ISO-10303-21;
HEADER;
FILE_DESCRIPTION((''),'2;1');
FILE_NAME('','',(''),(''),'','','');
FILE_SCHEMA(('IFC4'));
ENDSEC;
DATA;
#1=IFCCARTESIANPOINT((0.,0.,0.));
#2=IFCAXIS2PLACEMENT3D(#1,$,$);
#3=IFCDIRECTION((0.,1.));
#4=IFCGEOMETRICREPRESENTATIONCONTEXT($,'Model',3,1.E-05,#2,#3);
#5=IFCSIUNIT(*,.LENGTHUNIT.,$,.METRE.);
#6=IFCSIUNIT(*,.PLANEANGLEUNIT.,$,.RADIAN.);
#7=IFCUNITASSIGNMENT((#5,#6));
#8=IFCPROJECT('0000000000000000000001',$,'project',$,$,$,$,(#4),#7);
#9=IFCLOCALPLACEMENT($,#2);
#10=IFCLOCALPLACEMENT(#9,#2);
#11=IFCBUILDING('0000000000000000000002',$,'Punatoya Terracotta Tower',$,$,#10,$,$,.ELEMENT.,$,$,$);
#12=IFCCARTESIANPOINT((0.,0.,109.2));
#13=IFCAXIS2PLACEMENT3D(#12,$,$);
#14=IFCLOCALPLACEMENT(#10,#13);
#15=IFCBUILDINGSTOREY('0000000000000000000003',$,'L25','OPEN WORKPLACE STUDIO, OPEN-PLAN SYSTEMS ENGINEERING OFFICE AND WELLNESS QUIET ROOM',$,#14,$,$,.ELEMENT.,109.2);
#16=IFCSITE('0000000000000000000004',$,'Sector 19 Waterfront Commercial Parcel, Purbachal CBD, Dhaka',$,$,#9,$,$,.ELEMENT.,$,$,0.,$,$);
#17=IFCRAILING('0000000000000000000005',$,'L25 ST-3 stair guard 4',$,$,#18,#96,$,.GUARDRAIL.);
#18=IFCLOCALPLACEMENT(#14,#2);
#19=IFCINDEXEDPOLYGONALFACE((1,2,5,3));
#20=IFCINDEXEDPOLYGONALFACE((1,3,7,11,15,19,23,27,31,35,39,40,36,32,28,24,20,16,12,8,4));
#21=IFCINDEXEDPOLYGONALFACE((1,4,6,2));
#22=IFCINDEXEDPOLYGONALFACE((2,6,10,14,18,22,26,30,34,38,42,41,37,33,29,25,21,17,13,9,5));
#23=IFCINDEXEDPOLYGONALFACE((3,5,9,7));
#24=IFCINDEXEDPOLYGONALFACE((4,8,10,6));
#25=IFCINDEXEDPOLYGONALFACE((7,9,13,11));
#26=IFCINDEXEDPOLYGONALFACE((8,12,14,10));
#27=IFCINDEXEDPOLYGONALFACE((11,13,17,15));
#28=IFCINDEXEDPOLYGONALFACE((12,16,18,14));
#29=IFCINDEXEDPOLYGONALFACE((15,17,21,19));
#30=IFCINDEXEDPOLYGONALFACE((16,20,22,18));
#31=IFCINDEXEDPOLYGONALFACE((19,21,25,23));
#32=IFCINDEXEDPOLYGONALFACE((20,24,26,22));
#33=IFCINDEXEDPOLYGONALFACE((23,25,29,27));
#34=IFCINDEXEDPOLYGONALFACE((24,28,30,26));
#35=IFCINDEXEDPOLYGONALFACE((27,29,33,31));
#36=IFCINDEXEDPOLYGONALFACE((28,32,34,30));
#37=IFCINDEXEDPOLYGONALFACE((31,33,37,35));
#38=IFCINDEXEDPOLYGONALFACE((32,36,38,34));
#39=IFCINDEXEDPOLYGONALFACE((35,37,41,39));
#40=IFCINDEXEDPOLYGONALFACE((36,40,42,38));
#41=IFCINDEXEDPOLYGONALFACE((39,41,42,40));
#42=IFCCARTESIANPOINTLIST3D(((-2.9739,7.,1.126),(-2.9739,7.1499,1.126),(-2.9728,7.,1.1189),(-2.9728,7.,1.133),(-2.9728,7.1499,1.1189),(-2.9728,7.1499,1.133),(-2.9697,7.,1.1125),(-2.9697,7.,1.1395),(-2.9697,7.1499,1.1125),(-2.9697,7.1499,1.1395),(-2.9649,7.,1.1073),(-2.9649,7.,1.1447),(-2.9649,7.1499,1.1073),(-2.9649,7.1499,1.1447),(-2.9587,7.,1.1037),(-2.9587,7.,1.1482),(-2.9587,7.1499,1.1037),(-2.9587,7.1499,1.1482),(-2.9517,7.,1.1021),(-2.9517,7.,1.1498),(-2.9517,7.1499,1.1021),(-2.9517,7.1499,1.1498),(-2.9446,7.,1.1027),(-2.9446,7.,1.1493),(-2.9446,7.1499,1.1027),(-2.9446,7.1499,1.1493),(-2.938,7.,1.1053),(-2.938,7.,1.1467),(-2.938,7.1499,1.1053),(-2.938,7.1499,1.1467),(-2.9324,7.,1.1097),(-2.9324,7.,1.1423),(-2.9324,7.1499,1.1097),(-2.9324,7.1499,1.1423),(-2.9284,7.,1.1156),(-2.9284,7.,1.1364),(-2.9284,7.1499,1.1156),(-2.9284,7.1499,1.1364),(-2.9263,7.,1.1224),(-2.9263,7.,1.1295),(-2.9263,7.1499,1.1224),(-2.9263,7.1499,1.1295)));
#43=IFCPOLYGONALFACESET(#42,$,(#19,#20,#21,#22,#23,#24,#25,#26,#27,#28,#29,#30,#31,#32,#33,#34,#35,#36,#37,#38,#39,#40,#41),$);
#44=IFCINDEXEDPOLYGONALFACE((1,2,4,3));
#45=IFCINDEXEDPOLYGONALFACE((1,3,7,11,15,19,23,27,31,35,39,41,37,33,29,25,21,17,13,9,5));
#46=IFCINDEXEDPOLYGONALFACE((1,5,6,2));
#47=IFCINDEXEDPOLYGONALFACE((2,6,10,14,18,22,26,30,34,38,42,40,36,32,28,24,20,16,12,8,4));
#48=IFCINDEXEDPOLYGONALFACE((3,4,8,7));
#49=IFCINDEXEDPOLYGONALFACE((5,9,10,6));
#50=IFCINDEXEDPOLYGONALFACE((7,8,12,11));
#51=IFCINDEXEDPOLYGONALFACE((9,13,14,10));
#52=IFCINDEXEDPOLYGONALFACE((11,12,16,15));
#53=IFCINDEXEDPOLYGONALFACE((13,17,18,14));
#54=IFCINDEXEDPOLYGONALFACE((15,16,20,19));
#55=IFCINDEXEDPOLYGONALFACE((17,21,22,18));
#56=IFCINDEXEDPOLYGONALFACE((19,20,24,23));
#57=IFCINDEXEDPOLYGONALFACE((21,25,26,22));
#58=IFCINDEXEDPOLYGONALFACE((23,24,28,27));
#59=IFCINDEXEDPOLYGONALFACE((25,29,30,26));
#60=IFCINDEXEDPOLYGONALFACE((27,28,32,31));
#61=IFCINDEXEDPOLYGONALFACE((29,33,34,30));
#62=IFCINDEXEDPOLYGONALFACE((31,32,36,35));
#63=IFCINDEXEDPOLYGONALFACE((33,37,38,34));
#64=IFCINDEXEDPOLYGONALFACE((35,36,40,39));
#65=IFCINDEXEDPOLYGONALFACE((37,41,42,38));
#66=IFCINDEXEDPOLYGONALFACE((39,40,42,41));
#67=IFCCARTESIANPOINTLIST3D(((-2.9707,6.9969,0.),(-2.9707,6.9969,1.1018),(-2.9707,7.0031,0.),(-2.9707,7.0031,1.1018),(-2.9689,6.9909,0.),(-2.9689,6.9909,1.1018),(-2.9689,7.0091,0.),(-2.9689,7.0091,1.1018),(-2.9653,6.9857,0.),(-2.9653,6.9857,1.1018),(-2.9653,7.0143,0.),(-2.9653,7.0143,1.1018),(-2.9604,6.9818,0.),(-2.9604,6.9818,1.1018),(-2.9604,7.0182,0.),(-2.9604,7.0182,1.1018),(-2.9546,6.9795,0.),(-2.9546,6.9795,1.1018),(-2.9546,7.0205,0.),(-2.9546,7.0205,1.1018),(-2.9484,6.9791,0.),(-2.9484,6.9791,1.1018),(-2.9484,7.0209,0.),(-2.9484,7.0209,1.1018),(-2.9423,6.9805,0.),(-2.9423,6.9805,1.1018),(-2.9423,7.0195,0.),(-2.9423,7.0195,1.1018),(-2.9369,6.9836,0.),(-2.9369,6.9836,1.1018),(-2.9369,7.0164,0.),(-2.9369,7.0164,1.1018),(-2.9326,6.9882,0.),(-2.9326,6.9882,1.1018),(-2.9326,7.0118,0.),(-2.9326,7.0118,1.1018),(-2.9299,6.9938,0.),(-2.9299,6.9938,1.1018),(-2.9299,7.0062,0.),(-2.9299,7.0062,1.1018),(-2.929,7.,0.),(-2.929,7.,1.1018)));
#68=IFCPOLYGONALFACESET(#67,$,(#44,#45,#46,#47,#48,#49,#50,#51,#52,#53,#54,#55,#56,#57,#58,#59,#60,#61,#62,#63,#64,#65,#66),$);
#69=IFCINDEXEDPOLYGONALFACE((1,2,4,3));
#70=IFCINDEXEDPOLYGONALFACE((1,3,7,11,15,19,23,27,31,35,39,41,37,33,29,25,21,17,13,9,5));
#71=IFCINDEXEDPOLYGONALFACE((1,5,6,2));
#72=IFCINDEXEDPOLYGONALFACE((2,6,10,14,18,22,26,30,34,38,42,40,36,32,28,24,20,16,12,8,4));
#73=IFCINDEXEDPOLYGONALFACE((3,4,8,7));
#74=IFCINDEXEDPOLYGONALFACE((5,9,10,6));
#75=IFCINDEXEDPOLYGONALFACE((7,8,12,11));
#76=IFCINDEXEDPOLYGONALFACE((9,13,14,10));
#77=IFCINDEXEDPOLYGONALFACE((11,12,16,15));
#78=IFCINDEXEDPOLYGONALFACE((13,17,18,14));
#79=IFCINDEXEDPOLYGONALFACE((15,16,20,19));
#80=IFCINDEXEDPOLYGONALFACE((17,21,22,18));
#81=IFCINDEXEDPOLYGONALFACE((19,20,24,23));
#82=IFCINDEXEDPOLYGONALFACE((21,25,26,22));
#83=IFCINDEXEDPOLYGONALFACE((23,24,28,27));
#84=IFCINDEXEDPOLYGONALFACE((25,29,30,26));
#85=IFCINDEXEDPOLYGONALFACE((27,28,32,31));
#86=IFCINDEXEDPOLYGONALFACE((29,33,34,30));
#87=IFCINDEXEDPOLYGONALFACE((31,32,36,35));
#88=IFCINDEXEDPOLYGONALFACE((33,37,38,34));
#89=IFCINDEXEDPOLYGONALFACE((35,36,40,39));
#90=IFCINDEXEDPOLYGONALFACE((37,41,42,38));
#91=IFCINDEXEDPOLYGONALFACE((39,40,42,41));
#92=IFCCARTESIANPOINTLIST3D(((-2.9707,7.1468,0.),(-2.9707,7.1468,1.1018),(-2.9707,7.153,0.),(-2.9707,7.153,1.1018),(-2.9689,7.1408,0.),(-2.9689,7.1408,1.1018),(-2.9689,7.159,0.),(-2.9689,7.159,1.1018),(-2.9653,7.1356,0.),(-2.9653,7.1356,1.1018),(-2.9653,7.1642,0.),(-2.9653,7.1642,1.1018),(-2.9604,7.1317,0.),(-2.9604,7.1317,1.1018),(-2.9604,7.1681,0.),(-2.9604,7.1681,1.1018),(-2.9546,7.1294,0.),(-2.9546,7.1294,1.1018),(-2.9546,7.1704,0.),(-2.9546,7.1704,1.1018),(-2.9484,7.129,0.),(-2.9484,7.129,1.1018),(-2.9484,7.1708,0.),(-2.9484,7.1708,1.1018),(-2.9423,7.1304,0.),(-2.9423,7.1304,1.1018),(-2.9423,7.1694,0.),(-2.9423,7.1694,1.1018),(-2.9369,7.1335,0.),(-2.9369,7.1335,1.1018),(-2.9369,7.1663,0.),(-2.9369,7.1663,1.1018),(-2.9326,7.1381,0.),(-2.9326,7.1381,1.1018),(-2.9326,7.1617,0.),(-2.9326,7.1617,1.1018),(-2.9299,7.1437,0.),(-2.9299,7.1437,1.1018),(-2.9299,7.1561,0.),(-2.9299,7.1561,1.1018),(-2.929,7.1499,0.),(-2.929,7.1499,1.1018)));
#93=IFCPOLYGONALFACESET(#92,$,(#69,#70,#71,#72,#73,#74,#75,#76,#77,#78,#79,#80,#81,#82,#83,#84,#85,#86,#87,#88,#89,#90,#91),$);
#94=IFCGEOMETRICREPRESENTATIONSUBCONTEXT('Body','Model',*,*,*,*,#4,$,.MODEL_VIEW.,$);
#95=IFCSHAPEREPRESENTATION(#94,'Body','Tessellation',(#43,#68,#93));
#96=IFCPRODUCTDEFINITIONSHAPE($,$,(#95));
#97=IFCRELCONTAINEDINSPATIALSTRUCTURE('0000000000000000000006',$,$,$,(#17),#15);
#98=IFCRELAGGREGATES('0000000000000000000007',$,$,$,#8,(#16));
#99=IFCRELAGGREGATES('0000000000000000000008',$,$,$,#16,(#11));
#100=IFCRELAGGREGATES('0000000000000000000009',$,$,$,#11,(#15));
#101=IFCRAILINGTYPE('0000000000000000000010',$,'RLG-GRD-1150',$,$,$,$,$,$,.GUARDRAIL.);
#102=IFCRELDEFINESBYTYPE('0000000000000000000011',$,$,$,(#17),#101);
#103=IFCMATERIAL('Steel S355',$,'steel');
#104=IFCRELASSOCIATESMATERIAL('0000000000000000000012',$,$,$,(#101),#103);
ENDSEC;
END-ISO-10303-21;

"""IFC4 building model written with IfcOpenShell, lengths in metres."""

from ifc_helpers import new_model, si_unit, direction, frame, origin, origin_2d, place, context, subcontext, project, spatial, circle, extrude, material, type_object, element, save


model = new_model("IFC4")

# Units and contexts
model_context = context("Model", 3, precision=1e-05, world=origin(), true_north=direction((0.0, 1.0)))
body_context = subcontext(model_context, "Body", "Model", "MODEL_VIEW")
ifc_project = project(units=[si_unit("LENGTHUNIT", "METRE"), si_unit("PLANEANGLEUNIT", "RADIAN")], contexts=[model_context])

# Site, building, storey
site_placement = place(None, origin())
site = spatial("IfcSite", under=ifc_project, at=site_placement, Name="Sector 19 Waterfront Commercial Parcel, Purbachal CBD, Dhaka", CompositionType="ELEMENT", RefElevation=0.0)
building_placement = place(site_placement, origin())
building = spatial("IfcBuilding", under=site, at=building_placement, Name="Punatoya Terracotta Tower", CompositionType="ELEMENT")
storey_placement = place(building_placement, frame((0.0, 0.0, 109.2)))
storey = spatial("IfcBuildingStorey", under=building, at=storey_placement, Name="L25", Description="OPEN WORKPLACE STUDIO, OPEN-PLAN SYSTEMS ENGINEERING OFFICE AND WELLNESS QUIET ROOM", CompositionType="ELEMENT", Elevation=109.2)

# Shared definitions
ifc_material_1 = material(Name="Steel S355", Category="steel")

# Railing
railing_type_1 = type_object("IfcRailingType", Name="RLG-GRD-1150", PredefinedType="GUARDRAIL", material=ifc_material_1)
railing_1_placement = place(storey_placement, frame((-2.95, 7.0, 0.0)))
element("IfcRailing", 1, at=railing_1_placement, inside=storey, type_object=railing_type_1, Name="L25 ST-3 stair guard 4", PredefinedType="GUARDRAIL", context=body_context, shape_type="SweptSolid", body=[
    extrude(circle(Radius=0.0239, at=origin_2d()), frame((0.0, 0.0, 1.126), z_axis=(0.0, 1.0, 0.0), x_axis=(-1.0, 0.0, 0.0)), (0.0, 0.0, 1.0), 0.1499),
    extrude(circle(Radius=0.021, at=origin_2d()), origin(), (0.0, 0.0, 1.0), 1.1018),
    extrude(circle(Radius=0.021, at=origin_2d()), frame((0.0, 0.1499, 0.0)), (0.0, 0.0, 1.0), 1.1018),
])

save(model, "model.ifc")
